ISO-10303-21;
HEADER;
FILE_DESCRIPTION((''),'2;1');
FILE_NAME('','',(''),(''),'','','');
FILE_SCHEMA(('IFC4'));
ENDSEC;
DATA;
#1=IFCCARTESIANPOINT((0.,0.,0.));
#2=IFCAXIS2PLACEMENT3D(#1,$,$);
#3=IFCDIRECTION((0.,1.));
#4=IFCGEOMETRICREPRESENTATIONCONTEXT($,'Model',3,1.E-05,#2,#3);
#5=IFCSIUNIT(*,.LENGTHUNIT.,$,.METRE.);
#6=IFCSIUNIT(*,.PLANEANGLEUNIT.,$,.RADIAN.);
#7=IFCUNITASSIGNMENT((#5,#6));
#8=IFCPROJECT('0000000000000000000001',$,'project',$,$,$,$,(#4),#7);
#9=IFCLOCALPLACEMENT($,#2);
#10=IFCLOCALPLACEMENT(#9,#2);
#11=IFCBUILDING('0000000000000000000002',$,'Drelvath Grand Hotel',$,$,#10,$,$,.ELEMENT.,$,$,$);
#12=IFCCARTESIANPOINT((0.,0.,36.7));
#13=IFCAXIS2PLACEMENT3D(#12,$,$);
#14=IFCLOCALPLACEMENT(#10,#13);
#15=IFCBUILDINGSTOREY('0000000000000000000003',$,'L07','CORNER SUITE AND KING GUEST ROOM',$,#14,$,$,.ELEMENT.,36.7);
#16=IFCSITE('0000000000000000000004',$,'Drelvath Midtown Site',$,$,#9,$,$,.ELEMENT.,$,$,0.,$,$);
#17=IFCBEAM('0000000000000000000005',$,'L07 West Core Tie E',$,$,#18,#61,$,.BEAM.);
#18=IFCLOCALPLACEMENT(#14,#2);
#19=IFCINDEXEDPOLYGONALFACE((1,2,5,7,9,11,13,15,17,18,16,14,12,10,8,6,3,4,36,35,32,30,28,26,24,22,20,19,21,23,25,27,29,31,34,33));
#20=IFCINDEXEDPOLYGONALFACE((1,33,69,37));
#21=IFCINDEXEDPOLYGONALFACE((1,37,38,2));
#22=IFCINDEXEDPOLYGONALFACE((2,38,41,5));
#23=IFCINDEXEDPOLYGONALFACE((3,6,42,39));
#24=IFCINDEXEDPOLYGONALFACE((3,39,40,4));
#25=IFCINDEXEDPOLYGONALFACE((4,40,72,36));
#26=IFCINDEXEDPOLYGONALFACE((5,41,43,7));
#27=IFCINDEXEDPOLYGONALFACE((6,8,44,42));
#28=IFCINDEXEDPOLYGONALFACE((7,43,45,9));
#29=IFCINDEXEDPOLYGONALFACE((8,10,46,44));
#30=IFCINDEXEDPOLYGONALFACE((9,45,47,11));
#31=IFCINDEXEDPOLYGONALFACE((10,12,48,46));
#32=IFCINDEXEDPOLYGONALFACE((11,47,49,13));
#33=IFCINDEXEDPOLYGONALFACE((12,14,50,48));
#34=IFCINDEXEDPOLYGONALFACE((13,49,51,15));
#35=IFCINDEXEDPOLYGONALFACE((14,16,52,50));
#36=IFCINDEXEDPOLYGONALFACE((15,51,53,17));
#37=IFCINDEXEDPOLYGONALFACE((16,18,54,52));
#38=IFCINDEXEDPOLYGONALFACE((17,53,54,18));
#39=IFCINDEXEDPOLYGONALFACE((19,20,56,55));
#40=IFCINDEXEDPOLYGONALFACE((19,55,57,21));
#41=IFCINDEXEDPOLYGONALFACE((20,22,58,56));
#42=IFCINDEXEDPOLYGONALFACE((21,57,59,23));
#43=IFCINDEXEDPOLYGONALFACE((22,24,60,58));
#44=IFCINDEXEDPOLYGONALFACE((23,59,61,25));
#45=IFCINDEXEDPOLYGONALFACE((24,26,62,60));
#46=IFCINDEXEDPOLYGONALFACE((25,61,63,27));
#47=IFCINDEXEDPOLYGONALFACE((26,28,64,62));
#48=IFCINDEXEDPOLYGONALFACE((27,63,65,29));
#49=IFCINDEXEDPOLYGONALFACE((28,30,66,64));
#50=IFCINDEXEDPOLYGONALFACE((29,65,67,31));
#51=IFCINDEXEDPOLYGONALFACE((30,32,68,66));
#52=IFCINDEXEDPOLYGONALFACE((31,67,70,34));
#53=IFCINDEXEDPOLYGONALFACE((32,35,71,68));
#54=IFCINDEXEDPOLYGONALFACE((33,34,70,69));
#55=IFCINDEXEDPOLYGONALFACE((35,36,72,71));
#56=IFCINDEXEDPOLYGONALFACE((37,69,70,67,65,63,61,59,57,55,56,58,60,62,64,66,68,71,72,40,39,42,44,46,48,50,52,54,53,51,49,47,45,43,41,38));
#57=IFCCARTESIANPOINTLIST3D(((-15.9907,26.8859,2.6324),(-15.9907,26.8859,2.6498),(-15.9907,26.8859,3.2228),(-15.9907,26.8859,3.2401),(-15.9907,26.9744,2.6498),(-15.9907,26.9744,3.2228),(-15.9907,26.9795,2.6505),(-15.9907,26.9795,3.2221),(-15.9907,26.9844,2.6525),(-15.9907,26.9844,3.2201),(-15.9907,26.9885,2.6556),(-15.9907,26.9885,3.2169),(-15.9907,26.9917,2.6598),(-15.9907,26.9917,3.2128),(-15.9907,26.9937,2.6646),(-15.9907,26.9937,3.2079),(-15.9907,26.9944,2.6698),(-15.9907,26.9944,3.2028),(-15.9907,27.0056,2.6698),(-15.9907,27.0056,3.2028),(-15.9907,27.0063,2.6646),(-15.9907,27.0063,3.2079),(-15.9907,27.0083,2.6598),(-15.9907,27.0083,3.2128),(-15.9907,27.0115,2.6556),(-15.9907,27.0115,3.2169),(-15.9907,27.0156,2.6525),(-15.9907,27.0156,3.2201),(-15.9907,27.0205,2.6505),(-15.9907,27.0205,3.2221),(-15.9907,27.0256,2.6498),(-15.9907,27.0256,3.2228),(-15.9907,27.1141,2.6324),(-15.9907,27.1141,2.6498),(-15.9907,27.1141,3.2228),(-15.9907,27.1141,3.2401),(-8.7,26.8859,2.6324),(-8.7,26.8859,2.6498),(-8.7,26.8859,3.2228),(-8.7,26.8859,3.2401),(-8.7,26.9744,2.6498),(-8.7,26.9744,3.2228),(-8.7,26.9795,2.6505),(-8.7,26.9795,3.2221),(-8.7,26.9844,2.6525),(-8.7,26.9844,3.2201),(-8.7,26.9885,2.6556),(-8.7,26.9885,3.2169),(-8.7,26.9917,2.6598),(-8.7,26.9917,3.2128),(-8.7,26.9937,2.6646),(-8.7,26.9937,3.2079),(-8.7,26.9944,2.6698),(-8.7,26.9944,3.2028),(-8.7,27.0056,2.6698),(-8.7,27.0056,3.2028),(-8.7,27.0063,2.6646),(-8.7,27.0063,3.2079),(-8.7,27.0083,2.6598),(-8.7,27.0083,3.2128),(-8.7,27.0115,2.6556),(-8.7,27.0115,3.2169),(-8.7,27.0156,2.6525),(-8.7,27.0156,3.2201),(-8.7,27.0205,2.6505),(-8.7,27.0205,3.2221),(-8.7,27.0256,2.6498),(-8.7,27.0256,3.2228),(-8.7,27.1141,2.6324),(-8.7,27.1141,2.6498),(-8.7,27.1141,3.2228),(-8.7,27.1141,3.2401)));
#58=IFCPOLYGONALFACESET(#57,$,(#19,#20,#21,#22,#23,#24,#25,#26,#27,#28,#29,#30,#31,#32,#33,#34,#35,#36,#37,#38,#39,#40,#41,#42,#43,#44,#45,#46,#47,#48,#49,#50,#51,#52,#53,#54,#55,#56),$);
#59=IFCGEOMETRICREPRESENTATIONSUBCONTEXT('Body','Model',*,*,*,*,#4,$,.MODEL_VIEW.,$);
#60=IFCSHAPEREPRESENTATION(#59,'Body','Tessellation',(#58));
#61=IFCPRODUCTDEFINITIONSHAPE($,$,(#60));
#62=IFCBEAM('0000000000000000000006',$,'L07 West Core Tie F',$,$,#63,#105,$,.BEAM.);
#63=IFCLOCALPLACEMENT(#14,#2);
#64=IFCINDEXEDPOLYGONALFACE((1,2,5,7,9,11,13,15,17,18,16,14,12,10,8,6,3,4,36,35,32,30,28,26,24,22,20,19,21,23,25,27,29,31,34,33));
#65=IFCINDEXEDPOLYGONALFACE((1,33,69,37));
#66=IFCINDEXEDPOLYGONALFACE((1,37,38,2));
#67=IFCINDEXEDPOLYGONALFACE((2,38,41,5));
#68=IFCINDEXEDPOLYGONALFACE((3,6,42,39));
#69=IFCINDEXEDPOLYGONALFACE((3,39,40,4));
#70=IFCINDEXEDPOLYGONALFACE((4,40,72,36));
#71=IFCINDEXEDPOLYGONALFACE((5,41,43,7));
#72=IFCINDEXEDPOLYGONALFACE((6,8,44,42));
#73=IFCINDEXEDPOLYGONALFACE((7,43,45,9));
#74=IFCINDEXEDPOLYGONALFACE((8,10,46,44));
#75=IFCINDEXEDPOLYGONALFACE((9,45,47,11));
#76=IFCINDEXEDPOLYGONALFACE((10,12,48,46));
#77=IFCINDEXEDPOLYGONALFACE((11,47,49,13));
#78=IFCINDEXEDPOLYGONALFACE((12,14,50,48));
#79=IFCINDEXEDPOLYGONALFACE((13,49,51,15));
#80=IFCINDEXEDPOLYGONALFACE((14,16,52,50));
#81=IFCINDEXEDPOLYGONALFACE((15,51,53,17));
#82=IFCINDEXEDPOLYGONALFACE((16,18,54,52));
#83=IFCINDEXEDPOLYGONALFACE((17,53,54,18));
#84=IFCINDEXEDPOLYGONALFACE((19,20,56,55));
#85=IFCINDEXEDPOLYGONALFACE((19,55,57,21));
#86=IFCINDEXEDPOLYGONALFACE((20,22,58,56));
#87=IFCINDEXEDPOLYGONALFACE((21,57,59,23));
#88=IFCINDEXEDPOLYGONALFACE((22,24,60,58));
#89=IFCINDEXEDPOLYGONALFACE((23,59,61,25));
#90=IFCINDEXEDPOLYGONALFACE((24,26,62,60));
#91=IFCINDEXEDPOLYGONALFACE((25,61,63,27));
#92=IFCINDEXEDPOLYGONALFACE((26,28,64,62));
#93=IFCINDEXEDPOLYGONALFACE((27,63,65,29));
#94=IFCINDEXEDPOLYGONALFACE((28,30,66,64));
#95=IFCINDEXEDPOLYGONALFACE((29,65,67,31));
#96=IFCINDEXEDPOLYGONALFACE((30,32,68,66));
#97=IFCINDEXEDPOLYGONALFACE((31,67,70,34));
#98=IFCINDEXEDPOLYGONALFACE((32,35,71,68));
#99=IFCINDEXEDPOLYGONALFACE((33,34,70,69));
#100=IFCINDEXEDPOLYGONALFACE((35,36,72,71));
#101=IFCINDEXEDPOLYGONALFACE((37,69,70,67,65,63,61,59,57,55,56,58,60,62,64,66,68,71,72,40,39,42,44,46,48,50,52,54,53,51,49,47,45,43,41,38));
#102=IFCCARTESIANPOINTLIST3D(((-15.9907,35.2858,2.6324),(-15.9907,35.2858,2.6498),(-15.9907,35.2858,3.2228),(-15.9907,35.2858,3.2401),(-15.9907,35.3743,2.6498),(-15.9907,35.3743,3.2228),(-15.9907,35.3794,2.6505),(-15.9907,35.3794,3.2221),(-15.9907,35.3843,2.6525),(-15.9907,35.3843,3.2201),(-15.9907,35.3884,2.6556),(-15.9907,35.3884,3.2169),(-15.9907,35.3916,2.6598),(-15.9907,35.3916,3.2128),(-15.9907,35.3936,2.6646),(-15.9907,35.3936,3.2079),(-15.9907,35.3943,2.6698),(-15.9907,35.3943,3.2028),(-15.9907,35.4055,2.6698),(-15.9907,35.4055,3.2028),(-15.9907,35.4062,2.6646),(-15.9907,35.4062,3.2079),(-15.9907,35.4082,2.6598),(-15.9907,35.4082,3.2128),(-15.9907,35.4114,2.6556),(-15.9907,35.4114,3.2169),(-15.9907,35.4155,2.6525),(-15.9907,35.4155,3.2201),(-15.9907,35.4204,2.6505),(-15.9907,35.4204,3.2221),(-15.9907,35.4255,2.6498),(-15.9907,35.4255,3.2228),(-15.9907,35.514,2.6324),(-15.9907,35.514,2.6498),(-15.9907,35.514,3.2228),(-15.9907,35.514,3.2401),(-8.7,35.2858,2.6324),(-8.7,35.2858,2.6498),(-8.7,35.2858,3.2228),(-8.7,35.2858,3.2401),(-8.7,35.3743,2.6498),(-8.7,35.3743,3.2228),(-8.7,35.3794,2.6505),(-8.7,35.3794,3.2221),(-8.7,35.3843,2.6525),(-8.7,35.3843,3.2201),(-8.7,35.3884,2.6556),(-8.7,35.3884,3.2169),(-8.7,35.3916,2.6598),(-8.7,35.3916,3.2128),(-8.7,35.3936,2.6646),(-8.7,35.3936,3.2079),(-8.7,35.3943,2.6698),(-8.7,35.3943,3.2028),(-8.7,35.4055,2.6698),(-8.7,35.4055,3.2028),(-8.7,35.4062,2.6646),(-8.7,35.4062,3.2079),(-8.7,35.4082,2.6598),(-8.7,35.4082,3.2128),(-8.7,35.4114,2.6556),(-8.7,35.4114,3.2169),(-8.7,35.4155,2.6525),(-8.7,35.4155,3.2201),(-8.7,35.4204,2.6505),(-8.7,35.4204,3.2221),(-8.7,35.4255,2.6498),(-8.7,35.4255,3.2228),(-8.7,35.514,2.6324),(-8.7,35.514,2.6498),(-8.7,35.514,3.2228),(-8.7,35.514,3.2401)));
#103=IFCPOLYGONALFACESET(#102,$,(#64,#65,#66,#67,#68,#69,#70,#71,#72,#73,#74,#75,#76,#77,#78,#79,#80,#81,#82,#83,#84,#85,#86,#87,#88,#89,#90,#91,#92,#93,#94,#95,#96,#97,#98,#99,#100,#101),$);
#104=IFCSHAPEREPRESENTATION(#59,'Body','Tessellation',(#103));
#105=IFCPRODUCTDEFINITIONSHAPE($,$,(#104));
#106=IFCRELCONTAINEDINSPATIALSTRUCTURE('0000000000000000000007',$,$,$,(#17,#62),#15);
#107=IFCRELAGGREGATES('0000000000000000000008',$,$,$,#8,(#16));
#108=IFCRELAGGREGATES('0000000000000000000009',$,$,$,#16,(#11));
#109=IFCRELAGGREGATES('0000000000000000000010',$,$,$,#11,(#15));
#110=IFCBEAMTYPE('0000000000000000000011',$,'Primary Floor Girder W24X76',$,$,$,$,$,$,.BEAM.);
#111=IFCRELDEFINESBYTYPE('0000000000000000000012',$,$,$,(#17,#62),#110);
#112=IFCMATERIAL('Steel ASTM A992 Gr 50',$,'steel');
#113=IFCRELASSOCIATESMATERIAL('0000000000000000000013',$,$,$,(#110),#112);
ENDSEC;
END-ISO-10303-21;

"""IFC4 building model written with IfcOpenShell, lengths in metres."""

from ifc_helpers import new_model, si_unit, direction, frame, origin, origin_2d, place, context, subcontext, project, spatial, i_section, extrude, material, material_profile, profile_set, type_object, element, save


model = new_model("IFC4")

# Units and contexts
model_context = context("Model", 3, precision=1e-05, world=origin(), true_north=direction((0.0, 1.0)))
body_context = subcontext(model_context, "Body", "Model", "MODEL_VIEW")
ifc_project = project(units=[si_unit("LENGTHUNIT", "METRE"), si_unit("PLANEANGLEUNIT", "RADIAN")], contexts=[model_context])

# Site, building, storey
site_placement = place(None, origin())
site = spatial("IfcSite", under=ifc_project, at=site_placement, Name="Drelvath Midtown Site", CompositionType="ELEMENT", RefElevation=0.0)
building_placement = place(site_placement, origin())
building = spatial("IfcBuilding", under=site, at=building_placement, Name="Drelvath Grand Hotel", CompositionType="ELEMENT")
storey_placement = place(building_placement, frame((0.0, 0.0, 36.7)))
storey = spatial("IfcBuildingStorey", under=building, at=storey_placement, Name="L07", Description="CORNER SUITE AND KING GUEST ROOM", CompositionType="ELEMENT", Elevation=36.7)

# Beams
ifc_material_1 = material(Name="Steel ASTM A992 Gr 50", Category="steel")
ifc_material_profile = material_profile(ifc_material_1, i_section(OverallWidth=0.2283, OverallDepth=0.6077, WebThickness=0.0112, FlangeThickness=0.0173, FilletRadius=0.02, at=origin_2d()), Name="W24X76")
ifc_profile_set = profile_set([ifc_material_profile], Name="Steel ASTM A992 Gr 50")
beam_type = type_object("IfcBeamType", Name="Primary Floor Girder W24X76", PredefinedType="BEAM", material=ifc_profile_set)
for number, where, z_axis, x_axis, name in (
    (1, (-15.9907, 27.0, 2.9363), (1.0, 0.0, 0.0), (0.0, 1.0, 0.0), "L07 West Core Tie E"),
    (2, (-15.9907, 35.3999, 2.9363), (1.0, 0.0, 0.0), (0.0, 1.0, 0.0), "L07 West Core Tie F"),
):
    element("IfcBeam", number, at=place(storey_placement, frame(where, z_axis=z_axis, x_axis=x_axis)), inside=storey, type_object=beam_type, Name=name, PredefinedType="BEAM", context=body_context, shape_type="SweptSolid", body=[
        extrude(i_section(OverallWidth=0.2283, OverallDepth=0.6077, WebThickness=0.0112, FlangeThickness=0.0173, FilletRadius=0.02, at=origin_2d()), origin(), (0.0, 0.0, 1.0), 7.2908),
    ])

save(model, "model.ifc")
